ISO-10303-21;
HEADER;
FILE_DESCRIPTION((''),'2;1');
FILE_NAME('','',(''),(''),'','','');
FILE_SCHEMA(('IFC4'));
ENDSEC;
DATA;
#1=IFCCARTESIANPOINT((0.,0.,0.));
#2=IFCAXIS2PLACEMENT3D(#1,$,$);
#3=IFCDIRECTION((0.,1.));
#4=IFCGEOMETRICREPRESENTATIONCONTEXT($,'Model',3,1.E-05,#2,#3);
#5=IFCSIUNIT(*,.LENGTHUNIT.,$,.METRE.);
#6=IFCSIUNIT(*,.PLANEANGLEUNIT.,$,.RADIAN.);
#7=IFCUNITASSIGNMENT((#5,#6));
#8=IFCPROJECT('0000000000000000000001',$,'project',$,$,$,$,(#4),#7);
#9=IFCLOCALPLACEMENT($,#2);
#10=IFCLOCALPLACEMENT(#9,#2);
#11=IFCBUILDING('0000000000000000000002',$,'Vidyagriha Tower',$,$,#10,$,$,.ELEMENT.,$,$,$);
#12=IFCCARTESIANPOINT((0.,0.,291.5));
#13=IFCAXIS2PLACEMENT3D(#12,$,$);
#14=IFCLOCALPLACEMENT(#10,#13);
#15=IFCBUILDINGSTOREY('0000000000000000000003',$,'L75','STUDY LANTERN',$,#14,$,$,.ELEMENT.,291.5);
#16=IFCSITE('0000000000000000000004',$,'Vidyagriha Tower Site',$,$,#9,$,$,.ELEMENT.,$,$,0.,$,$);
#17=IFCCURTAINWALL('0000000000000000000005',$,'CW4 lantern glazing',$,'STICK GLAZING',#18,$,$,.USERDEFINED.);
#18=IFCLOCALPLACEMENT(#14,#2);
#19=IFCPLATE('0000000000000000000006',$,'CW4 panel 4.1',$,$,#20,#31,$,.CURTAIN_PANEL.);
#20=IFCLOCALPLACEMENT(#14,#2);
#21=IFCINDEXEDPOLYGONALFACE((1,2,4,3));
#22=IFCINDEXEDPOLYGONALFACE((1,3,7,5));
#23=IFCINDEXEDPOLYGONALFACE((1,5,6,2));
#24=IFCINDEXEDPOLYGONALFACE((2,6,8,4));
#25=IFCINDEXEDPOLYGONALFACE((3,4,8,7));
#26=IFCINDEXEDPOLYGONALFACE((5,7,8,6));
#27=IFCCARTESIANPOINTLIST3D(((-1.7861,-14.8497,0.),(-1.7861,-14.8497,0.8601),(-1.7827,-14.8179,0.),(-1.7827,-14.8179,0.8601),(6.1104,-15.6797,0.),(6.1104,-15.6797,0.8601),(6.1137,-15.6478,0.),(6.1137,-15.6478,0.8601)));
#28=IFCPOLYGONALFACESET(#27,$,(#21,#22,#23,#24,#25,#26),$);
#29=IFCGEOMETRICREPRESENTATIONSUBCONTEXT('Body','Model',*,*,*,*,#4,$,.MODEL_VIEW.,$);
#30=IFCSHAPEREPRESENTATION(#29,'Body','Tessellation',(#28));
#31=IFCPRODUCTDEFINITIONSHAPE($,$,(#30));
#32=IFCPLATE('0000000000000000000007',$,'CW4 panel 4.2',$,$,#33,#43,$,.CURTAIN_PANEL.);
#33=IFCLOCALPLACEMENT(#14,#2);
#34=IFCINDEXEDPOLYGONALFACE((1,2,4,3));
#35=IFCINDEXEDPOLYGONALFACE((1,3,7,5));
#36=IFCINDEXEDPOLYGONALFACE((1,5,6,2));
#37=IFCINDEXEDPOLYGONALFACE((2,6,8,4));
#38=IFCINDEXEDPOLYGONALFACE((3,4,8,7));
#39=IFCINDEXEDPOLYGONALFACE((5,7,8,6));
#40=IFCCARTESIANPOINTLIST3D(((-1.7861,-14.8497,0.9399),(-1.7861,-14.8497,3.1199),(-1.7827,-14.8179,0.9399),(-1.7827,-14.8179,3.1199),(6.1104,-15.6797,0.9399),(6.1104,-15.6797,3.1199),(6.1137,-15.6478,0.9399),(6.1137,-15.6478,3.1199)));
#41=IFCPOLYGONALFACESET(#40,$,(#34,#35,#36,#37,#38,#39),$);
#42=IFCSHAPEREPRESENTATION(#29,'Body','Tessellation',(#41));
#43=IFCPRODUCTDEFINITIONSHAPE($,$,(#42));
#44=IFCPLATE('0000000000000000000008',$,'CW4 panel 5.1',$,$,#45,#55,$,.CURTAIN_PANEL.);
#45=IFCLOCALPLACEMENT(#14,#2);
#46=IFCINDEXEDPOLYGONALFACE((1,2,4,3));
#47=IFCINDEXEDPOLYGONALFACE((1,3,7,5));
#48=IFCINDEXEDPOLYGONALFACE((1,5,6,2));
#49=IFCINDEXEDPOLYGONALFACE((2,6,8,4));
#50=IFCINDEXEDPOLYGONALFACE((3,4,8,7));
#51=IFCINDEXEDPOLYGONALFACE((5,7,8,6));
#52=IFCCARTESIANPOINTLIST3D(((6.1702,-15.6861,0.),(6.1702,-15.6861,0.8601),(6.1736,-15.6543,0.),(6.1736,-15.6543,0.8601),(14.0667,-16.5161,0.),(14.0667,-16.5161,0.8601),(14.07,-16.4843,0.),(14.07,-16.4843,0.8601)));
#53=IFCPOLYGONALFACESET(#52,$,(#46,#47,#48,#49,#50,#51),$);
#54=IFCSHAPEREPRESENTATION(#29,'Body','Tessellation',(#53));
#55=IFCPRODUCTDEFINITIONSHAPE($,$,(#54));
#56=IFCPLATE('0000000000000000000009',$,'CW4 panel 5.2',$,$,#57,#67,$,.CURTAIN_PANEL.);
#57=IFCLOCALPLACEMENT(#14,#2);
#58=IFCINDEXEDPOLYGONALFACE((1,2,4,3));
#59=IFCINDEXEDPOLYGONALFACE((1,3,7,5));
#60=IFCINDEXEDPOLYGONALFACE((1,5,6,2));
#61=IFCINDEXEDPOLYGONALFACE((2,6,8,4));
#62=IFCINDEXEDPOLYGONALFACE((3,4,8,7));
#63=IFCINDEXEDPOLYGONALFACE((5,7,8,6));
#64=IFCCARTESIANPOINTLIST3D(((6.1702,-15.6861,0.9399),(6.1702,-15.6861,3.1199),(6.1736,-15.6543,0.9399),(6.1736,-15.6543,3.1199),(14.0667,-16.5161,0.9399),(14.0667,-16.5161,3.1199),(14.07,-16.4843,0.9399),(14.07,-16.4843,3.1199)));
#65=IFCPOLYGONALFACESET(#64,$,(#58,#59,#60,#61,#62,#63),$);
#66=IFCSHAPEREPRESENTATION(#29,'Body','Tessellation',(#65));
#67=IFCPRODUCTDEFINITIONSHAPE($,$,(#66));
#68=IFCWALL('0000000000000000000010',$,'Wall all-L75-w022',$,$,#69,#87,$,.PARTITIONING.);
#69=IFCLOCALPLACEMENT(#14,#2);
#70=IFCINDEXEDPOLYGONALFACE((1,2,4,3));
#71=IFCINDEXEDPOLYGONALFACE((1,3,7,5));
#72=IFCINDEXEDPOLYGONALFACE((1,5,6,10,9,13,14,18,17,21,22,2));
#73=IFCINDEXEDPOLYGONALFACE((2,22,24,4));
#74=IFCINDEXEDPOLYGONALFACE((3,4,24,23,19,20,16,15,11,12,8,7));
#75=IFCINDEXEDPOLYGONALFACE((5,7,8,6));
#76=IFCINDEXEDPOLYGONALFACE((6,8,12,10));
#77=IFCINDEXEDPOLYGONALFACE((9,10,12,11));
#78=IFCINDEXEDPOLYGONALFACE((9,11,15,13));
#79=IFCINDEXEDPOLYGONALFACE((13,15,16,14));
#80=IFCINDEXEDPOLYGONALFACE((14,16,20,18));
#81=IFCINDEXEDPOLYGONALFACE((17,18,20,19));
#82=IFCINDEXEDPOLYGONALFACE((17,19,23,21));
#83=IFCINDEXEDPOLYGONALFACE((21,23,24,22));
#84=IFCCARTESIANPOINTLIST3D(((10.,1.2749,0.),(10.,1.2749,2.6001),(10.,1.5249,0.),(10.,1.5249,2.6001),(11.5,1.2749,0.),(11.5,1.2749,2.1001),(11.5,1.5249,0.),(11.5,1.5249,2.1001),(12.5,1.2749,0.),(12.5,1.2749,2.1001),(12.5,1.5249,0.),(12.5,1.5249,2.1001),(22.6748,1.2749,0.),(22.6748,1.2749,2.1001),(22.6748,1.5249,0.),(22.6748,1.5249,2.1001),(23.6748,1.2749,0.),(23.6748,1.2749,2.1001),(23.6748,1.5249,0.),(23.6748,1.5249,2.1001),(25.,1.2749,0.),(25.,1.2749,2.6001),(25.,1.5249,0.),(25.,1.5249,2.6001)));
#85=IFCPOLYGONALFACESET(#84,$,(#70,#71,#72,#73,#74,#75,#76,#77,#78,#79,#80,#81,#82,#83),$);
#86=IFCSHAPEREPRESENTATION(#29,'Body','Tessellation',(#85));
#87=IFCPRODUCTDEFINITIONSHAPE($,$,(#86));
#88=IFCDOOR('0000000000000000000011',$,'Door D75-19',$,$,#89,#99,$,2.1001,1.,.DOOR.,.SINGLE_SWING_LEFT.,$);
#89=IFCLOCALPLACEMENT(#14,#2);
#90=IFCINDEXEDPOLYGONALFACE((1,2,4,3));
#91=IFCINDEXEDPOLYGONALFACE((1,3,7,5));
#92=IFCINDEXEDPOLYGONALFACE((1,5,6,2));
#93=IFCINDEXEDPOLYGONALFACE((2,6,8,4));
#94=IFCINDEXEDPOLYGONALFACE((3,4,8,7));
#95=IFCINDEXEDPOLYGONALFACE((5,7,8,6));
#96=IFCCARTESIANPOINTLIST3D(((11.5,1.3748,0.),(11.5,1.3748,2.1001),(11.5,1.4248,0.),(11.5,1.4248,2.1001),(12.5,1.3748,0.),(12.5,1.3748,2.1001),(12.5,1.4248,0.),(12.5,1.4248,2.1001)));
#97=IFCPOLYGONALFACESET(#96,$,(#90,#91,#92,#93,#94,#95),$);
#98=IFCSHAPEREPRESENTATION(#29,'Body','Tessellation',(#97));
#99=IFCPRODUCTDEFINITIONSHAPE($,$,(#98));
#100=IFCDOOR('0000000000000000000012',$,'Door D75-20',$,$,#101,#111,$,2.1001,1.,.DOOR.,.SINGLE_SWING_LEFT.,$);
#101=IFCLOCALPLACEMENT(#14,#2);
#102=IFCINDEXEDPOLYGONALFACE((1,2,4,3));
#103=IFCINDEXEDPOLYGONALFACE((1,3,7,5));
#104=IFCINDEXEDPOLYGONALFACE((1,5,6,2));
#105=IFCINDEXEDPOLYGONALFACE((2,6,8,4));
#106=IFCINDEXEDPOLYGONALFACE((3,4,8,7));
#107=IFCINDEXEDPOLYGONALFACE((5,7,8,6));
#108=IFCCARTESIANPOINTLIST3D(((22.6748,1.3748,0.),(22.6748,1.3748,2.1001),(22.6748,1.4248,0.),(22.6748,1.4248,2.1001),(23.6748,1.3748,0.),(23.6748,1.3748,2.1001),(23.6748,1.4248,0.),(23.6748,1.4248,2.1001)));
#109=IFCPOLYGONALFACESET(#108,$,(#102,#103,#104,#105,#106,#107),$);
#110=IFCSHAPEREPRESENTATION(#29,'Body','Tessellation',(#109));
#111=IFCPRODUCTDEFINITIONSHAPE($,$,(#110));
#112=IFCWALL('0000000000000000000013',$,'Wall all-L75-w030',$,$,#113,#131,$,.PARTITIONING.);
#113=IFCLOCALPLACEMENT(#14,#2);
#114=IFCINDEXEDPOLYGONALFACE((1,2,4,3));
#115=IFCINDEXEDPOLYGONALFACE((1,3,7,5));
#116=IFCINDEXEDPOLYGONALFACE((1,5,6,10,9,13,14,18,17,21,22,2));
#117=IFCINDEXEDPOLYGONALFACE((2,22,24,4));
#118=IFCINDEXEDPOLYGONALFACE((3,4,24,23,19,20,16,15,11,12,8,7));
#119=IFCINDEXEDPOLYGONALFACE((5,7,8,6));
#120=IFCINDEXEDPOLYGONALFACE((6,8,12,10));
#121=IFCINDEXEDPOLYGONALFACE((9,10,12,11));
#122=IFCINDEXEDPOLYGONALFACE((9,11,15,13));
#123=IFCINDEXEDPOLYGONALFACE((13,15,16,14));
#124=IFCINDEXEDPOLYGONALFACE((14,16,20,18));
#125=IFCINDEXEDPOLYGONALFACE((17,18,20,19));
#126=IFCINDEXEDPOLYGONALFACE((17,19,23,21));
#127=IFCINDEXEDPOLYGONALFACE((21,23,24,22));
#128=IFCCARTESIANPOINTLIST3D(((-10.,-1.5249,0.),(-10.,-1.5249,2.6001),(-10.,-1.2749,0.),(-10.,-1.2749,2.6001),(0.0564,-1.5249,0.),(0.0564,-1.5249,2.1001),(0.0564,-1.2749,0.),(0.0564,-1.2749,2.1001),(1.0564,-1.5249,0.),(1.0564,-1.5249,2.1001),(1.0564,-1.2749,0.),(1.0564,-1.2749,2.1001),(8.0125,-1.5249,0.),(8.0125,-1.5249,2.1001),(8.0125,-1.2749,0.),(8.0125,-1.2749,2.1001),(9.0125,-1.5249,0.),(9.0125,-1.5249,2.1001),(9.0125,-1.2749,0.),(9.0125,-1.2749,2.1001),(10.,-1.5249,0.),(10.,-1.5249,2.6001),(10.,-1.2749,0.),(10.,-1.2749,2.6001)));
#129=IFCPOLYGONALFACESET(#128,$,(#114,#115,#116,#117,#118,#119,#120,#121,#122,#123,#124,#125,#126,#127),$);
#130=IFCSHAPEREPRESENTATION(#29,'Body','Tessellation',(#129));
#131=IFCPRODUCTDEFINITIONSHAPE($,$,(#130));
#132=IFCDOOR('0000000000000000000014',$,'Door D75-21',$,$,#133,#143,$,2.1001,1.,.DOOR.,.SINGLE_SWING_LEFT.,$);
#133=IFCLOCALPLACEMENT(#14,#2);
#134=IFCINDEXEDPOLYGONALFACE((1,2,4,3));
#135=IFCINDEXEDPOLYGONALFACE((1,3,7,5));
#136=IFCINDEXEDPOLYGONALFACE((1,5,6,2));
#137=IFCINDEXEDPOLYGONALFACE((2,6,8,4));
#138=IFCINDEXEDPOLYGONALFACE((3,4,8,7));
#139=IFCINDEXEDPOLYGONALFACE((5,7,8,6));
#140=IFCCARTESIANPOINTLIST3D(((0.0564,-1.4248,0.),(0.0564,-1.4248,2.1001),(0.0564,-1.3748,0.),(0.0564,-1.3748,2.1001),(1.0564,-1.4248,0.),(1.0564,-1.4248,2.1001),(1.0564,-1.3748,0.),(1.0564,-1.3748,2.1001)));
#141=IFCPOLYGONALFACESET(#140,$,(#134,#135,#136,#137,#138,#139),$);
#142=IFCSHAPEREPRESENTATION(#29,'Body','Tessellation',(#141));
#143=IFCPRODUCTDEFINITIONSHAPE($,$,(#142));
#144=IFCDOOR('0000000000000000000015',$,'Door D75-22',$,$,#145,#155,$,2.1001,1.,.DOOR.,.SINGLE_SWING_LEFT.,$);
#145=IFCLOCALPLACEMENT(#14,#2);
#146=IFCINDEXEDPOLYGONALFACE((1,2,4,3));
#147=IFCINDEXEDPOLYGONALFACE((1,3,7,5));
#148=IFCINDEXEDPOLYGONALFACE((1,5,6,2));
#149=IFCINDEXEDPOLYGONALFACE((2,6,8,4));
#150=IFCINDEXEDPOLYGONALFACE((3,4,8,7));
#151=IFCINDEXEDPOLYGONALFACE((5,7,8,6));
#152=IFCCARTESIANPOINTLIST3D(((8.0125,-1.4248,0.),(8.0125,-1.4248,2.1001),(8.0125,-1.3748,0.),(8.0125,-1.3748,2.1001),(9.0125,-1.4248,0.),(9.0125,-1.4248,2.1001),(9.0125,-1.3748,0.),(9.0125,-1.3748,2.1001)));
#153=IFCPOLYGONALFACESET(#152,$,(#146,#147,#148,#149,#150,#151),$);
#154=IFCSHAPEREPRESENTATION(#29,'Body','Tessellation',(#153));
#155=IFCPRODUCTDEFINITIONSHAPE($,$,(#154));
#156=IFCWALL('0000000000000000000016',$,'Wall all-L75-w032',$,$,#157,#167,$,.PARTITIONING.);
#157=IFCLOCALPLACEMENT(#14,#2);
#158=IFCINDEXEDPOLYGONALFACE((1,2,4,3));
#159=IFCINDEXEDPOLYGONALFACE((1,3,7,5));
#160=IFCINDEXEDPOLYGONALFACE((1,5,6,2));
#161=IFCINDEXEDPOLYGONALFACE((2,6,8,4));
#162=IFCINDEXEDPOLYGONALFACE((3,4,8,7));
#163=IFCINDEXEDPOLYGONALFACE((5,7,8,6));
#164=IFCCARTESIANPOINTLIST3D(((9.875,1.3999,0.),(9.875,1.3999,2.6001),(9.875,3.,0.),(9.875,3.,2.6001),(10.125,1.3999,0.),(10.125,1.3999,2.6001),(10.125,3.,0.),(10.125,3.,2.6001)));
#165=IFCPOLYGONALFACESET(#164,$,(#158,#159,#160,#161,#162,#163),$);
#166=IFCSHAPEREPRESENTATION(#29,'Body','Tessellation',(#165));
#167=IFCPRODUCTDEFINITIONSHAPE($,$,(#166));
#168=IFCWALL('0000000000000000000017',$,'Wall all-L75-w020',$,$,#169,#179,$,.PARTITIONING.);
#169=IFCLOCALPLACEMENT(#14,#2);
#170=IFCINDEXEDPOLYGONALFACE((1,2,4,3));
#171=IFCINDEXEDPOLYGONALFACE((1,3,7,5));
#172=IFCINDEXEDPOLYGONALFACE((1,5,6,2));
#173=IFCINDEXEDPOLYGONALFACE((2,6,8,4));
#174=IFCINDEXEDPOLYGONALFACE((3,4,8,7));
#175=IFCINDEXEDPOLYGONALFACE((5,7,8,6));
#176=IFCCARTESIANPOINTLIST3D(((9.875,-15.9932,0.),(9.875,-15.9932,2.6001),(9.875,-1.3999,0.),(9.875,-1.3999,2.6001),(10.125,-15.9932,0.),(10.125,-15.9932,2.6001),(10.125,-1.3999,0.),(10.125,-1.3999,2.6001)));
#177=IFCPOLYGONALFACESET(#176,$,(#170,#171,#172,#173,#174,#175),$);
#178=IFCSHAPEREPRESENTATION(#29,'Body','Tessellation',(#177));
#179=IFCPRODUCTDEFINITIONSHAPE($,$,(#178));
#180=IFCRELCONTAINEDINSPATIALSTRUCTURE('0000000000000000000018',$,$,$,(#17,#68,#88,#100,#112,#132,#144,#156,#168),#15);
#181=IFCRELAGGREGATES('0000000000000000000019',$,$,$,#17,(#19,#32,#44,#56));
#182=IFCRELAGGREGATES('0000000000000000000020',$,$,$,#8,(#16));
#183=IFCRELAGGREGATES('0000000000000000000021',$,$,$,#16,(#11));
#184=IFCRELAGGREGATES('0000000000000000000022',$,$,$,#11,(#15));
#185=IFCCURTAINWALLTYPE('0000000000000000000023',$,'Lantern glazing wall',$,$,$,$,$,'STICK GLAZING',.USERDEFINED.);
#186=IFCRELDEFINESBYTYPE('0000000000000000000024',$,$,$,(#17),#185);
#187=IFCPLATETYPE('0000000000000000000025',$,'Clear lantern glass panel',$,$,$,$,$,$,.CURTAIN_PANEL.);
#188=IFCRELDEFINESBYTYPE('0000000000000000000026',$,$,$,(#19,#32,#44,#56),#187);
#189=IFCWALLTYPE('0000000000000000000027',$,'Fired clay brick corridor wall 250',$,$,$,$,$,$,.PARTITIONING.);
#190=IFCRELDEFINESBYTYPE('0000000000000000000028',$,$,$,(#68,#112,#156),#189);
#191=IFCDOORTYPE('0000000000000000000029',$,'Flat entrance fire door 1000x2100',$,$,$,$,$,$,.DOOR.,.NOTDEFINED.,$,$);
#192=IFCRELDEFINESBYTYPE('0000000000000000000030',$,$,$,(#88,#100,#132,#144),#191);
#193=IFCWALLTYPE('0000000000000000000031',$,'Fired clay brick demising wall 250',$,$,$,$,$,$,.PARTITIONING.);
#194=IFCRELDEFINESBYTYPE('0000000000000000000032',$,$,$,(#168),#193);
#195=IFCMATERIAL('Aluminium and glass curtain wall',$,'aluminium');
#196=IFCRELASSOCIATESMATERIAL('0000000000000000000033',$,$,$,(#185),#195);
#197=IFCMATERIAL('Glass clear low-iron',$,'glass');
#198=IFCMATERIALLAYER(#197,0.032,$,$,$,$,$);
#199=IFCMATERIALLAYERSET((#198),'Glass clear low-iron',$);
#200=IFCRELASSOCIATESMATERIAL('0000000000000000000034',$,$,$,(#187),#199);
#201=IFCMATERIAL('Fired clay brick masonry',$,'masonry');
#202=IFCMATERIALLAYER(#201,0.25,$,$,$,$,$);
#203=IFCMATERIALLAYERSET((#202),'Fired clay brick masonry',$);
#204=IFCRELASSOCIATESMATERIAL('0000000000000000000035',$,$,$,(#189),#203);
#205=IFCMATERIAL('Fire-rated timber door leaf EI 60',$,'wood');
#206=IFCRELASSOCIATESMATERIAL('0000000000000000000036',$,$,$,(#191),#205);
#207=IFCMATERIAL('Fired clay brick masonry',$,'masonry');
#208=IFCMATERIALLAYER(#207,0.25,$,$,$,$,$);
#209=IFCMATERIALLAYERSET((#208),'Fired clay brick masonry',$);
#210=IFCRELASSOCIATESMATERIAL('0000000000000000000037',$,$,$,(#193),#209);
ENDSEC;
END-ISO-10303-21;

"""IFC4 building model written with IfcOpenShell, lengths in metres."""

from ifc_helpers import new_model, si_unit, direction, frame, frame_2d, origin, origin_2d, place, context, subcontext, project, spatial, rectangle, extrude, material, layer, layer_set, type_object, element, fill, aggregate, save


model = new_model("IFC4")

# Units and contexts
model_context = context("Model", 3, precision=1e-05, world=origin(), true_north=direction((0.0, 1.0)))
body_context = subcontext(model_context, "Body", "Model", "MODEL_VIEW")
ifc_project = project(units=[si_unit("LENGTHUNIT", "METRE"), si_unit("PLANEANGLEUNIT", "RADIAN")], contexts=[model_context])

# Site, building, storey
site_placement = place(None, origin())
site = spatial("IfcSite", under=ifc_project, at=site_placement, Name="Vidyagriha Tower Site", CompositionType="ELEMENT", RefElevation=0.0)
building_placement = place(site_placement, origin())
building = spatial("IfcBuilding", under=site, at=building_placement, Name="Vidyagriha Tower", CompositionType="ELEMENT")
storey_placement = place(building_placement, frame((0.0, 0.0, 291.5)))
storey = spatial("IfcBuildingStorey", under=building, at=storey_placement, Name="L75", Description="STUDY LANTERN", CompositionType="ELEMENT", Elevation=291.5)

# Curtain wall, plates
ifc_material_1 = material(Name="Aluminium and glass curtain wall", Category="aluminium")
curtain_wall_type = type_object("IfcCurtainWallType", Name="Lantern glazing wall", ElementType="STICK GLAZING", PredefinedType="USERDEFINED", material=ifc_material_1)
curtain_wall_placement = place(storey_placement, origin())
curtain_wall = element("IfcCurtainWall", 1, at=curtain_wall_placement, inside=storey, type_object=curtain_wall_type, Name="CW4 lantern glazing", ObjectType="STICK GLAZING", PredefinedType="USERDEFINED")
ifc_material_2 = material(Name="Glass clear low-iron", Category="glass")
ifc_layer_1 = layer(ifc_material_2, 0.032)
ifc_layer_set_1 = layer_set([ifc_layer_1], Name="Glass clear low-iron")
plate_type = type_object("IfcPlateType", Name="Clear lantern glass panel", PredefinedType="CURTAIN_PANEL", material=ifc_layer_set_1)
plate_1_placement = place(storey_placement, frame((2.1638, -15.2488, 0.0), z_axis=(0.0, 0.0, 1.0), x_axis=(0.994522, -0.104528, 0.0)))
plate_1 = element("IfcPlate", 2, at=plate_1_placement, type_object=plate_type, Name="CW4 panel 4.1", PredefinedType="CURTAIN_PANEL", context=body_context, shape_type="SweptSolid", body=[
    extrude(rectangle(XDim=7.9399, YDim=0.032, at=origin_2d()), origin(), (0.0, 0.0, 1.0), 0.8601),
])
plate_2_placement = place(storey_placement, frame((2.1638, -15.2488, 0.9399), z_axis=(0.0, 0.0, 1.0), x_axis=(0.994522, -0.104528, 0.0)))
plate_2 = element("IfcPlate", 3, at=plate_2_placement, type_object=plate_type, Name="CW4 panel 4.2", PredefinedType="CURTAIN_PANEL", context=body_context, shape_type="SweptSolid", body=[
    extrude(rectangle(XDim=7.9399, YDim=0.032, at=origin_2d()), origin(), (0.0, 0.0, 1.0), 2.1799),
])
plate_3_placement = place(storey_placement, frame((10.1201, -16.0852, 0.0), z_axis=(0.0, 0.0, 1.0), x_axis=(0.994522, -0.104528, 0.0)))
plate_3 = element("IfcPlate", 4, at=plate_3_placement, type_object=plate_type, Name="CW4 panel 5.1", PredefinedType="CURTAIN_PANEL", context=body_context, shape_type="SweptSolid", body=[
    extrude(rectangle(XDim=7.9399, YDim=0.032, at=origin_2d()), origin(), (0.0, 0.0, 1.0), 0.8601),
])
plate_4_placement = place(storey_placement, frame((10.1201, -16.0852, 0.9399), z_axis=(0.0, 0.0, 1.0), x_axis=(0.994522, -0.104528, 0.0)))
plate_4 = element("IfcPlate", 5, at=plate_4_placement, type_object=plate_type, Name="CW4 panel 5.2", PredefinedType="CURTAIN_PANEL", context=body_context, shape_type="SweptSolid", body=[
    extrude(rectangle(XDim=7.9399, YDim=0.032, at=origin_2d()), origin(), (0.0, 0.0, 1.0), 2.1799),
])
aggregate(curtain_wall, [plate_1, plate_2, plate_3, plate_4])

# Walls, openings, doors
ifc_material_3 = material(Name="Fired clay brick masonry", Category="masonry")
ifc_layer_2 = layer(ifc_material_3, 0.25)
ifc_layer_set_2 = layer_set([ifc_layer_2], Name="Fired clay brick masonry")
wall_type_1 = type_object("IfcWallType", Name="Fired clay brick corridor wall 250", PredefinedType="PARTITIONING", material=ifc_layer_set_2)
wall_1_placement = place(storey_placement, frame((10.0, 1.3999, 0.0)))
wall_1 = element("IfcWall", 6, at=wall_1_placement, inside=storey, type_object=wall_type_1, Name="Wall all-L75-w022", PredefinedType="PARTITIONING", context=body_context, shape_type="SweptSolid", body=[
    extrude(rectangle(XDim=15.0, YDim=0.25, at=frame_2d((7.5, 0.0))), origin(), (0.0, 0.0, 1.0), 2.6001),
])
opening_1_placement = place(wall_1_placement, frame((1.5, 0.0, 0.0)))
opening_1 = element("IfcOpeningElement", 7, at=opening_1_placement, cuts=wall_1, PredefinedType="OPENING", context=body_context, shape_type="SweptSolid", body=[
    extrude(rectangle(XDim=1.0, YDim=2.1001, at=frame_2d((0.5, 1.05))), frame((0.0, 0.135, 0.0), z_axis=(0.0, -1.0, 0.0), x_axis=(1.0, 0.0, 0.0)), (0.0, 0.0, 1.0), 0.27),
])
opening_2_placement = place(wall_1_placement, frame((12.6748, 0.0, 0.0)))
opening_2 = element("IfcOpeningElement", 8, at=opening_2_placement, cuts=wall_1, PredefinedType="OPENING", context=body_context, shape_type="SweptSolid", body=[
    extrude(rectangle(XDim=1.0, YDim=2.1001, at=frame_2d((0.5, 1.05))), frame((0.0, 0.135, 0.0), z_axis=(0.0, -1.0, 0.0), x_axis=(1.0, 0.0, 0.0)), (0.0, 0.0, 1.0), 0.27),
])
ifc_material_4 = material(Name="Fire-rated timber door leaf EI 60", Category="wood")
door_type = type_object("IfcDoorType", Name="Flat entrance fire door 1000x2100", OperationType="NOTDEFINED", PredefinedType="DOOR", material=ifc_material_4)
door_1_placement = place(opening_1_placement, origin())
door_1 = element("IfcDoor", 9, at=door_1_placement, inside=storey, type_object=door_type, Name="Door D75-19", OperationType="SINGLE_SWING_LEFT", OverallHeight=2.1001, OverallWidth=1.0, PredefinedType="DOOR", context=body_context, shape_type="SweptSolid", body=[
    extrude(rectangle(XDim=1.0, YDim=2.1001, at=frame_2d((0.5, 1.05))), frame((0.0, 0.0249, 0.0), z_axis=(0.0, -1.0, 0.0), x_axis=(1.0, 0.0, 0.0)), (0.0, 0.0, 1.0), 0.05),
])
fill(opening_1, door_1)
door_2_placement = place(opening_2_placement, origin())
door_2 = element("IfcDoor", 10, at=door_2_placement, inside=storey, type_object=door_type, Name="Door D75-20", OperationType="SINGLE_SWING_LEFT", OverallHeight=2.1001, OverallWidth=1.0, PredefinedType="DOOR", context=body_context, shape_type="SweptSolid", body=[
    extrude(rectangle(XDim=1.0, YDim=2.1001, at=frame_2d((0.5, 1.05))), frame((0.0, 0.0249, 0.0), z_axis=(0.0, -1.0, 0.0), x_axis=(1.0, 0.0, 0.0)), (0.0, 0.0, 1.0), 0.05),
])
fill(opening_2, door_2)
wall_2_placement = place(storey_placement, frame((10.0, -1.3999, 0.0), z_axis=(0.0, 0.0, 1.0), x_axis=(-1.0, 0.0, 0.0)))
wall_2 = element("IfcWall", 11, at=wall_2_placement, inside=storey, type_object=wall_type_1, Name="Wall all-L75-w030", PredefinedType="PARTITIONING", context=body_context, shape_type="SweptSolid", body=[
    extrude(rectangle(XDim=20.0, YDim=0.25, at=frame_2d((10.0, 0.0))), origin(), (0.0, 0.0, 1.0), 2.6001),
])
opening_3_placement = place(wall_2_placement, frame((8.9436, 0.0, 0.0)))
opening_3 = element("IfcOpeningElement", 12, at=opening_3_placement, cuts=wall_2, PredefinedType="OPENING", context=body_context, shape_type="SweptSolid", body=[
    extrude(rectangle(XDim=1.0, YDim=2.1001, at=frame_2d((0.5, 1.05))), frame((0.0, 0.135, 0.0), z_axis=(0.0, -1.0, 0.0), x_axis=(1.0, 0.0, 0.0)), (0.0, 0.0, 1.0), 0.27),
])
opening_4_placement = place(wall_2_placement, frame((0.9875, 0.0, 0.0)))
opening_4 = element("IfcOpeningElement", 13, at=opening_4_placement, cuts=wall_2, PredefinedType="OPENING", context=body_context, shape_type="SweptSolid", body=[
    extrude(rectangle(XDim=1.0, YDim=2.1001, at=frame_2d((0.5, 1.05))), frame((0.0, 0.135, 0.0), z_axis=(0.0, -1.0, 0.0), x_axis=(1.0, 0.0, 0.0)), (0.0, 0.0, 1.0), 0.27),
])
door_3_placement = place(opening_3_placement, origin())
door_3 = element("IfcDoor", 14, at=door_3_placement, inside=storey, type_object=door_type, Name="Door D75-21", OperationType="SINGLE_SWING_LEFT", OverallHeight=2.1001, OverallWidth=1.0, PredefinedType="DOOR", context=body_context, shape_type="SweptSolid", body=[
    extrude(rectangle(XDim=1.0, YDim=2.1001, at=frame_2d((0.5, 1.05))), frame((0.0, 0.0249, 0.0), z_axis=(0.0, -1.0, 0.0), x_axis=(1.0, 0.0, 0.0)), (0.0, 0.0, 1.0), 0.05),
])
fill(opening_3, door_3)
door_4_placement = place(opening_4_placement, origin())
door_4 = element("IfcDoor", 15, at=door_4_placement, inside=storey, type_object=door_type, Name="Door D75-22", OperationType="SINGLE_SWING_LEFT", OverallHeight=2.1001, OverallWidth=1.0, PredefinedType="DOOR", context=body_context, shape_type="SweptSolid", body=[
    extrude(rectangle(XDim=1.0, YDim=2.1001, at=frame_2d((0.5, 1.05))), frame((0.0, 0.0249, 0.0), z_axis=(0.0, -1.0, 0.0), x_axis=(1.0, 0.0, 0.0)), (0.0, 0.0, 1.0), 0.05),
])
fill(opening_4, door_4)

# Walls
wall_3_placement = place(storey_placement, frame((10.0, 1.3999, 0.0), z_axis=(0.0, 0.0, 1.0), x_axis=(0.0, 1.0, 0.0)))
element("IfcWall", 16, at=wall_3_placement, inside=storey, type_object=wall_type_1, Name="Wall all-L75-w032", PredefinedType="PARTITIONING", context=body_context, shape_type="SweptSolid", body=[
    extrude(rectangle(XDim=1.6001, YDim=0.25, at=frame_2d((0.8, 0.0))), origin(), (0.0, 0.0, 1.0), 2.6001),
])
ifc_material_5 = material(Name="Fired clay brick masonry", Category="masonry")
ifc_layer_3 = layer(ifc_material_5, 0.25)
ifc_layer_set_3 = layer_set([ifc_layer_3], Name="Fired clay brick masonry")
wall_type_2 = type_object("IfcWallType", Name="Fired clay brick demising wall 250", PredefinedType="PARTITIONING", material=ifc_layer_set_3)
wall_4_placement = place(storey_placement, frame((10.0, -1.3999, 0.0), z_axis=(0.0, 0.0, 1.0), x_axis=(0.0, -1.0, 0.0)))
element("IfcWall", 17, at=wall_4_placement, inside=storey, type_object=wall_type_2, Name="Wall all-L75-w020", PredefinedType="PARTITIONING", context=body_context, shape_type="SweptSolid", body=[
    extrude(rectangle(XDim=14.5933, YDim=0.25, at=frame_2d((7.2966, 0.0))), origin(), (0.0, 0.0, 1.0), 2.6001),
])

save(model, "model.ifc")
